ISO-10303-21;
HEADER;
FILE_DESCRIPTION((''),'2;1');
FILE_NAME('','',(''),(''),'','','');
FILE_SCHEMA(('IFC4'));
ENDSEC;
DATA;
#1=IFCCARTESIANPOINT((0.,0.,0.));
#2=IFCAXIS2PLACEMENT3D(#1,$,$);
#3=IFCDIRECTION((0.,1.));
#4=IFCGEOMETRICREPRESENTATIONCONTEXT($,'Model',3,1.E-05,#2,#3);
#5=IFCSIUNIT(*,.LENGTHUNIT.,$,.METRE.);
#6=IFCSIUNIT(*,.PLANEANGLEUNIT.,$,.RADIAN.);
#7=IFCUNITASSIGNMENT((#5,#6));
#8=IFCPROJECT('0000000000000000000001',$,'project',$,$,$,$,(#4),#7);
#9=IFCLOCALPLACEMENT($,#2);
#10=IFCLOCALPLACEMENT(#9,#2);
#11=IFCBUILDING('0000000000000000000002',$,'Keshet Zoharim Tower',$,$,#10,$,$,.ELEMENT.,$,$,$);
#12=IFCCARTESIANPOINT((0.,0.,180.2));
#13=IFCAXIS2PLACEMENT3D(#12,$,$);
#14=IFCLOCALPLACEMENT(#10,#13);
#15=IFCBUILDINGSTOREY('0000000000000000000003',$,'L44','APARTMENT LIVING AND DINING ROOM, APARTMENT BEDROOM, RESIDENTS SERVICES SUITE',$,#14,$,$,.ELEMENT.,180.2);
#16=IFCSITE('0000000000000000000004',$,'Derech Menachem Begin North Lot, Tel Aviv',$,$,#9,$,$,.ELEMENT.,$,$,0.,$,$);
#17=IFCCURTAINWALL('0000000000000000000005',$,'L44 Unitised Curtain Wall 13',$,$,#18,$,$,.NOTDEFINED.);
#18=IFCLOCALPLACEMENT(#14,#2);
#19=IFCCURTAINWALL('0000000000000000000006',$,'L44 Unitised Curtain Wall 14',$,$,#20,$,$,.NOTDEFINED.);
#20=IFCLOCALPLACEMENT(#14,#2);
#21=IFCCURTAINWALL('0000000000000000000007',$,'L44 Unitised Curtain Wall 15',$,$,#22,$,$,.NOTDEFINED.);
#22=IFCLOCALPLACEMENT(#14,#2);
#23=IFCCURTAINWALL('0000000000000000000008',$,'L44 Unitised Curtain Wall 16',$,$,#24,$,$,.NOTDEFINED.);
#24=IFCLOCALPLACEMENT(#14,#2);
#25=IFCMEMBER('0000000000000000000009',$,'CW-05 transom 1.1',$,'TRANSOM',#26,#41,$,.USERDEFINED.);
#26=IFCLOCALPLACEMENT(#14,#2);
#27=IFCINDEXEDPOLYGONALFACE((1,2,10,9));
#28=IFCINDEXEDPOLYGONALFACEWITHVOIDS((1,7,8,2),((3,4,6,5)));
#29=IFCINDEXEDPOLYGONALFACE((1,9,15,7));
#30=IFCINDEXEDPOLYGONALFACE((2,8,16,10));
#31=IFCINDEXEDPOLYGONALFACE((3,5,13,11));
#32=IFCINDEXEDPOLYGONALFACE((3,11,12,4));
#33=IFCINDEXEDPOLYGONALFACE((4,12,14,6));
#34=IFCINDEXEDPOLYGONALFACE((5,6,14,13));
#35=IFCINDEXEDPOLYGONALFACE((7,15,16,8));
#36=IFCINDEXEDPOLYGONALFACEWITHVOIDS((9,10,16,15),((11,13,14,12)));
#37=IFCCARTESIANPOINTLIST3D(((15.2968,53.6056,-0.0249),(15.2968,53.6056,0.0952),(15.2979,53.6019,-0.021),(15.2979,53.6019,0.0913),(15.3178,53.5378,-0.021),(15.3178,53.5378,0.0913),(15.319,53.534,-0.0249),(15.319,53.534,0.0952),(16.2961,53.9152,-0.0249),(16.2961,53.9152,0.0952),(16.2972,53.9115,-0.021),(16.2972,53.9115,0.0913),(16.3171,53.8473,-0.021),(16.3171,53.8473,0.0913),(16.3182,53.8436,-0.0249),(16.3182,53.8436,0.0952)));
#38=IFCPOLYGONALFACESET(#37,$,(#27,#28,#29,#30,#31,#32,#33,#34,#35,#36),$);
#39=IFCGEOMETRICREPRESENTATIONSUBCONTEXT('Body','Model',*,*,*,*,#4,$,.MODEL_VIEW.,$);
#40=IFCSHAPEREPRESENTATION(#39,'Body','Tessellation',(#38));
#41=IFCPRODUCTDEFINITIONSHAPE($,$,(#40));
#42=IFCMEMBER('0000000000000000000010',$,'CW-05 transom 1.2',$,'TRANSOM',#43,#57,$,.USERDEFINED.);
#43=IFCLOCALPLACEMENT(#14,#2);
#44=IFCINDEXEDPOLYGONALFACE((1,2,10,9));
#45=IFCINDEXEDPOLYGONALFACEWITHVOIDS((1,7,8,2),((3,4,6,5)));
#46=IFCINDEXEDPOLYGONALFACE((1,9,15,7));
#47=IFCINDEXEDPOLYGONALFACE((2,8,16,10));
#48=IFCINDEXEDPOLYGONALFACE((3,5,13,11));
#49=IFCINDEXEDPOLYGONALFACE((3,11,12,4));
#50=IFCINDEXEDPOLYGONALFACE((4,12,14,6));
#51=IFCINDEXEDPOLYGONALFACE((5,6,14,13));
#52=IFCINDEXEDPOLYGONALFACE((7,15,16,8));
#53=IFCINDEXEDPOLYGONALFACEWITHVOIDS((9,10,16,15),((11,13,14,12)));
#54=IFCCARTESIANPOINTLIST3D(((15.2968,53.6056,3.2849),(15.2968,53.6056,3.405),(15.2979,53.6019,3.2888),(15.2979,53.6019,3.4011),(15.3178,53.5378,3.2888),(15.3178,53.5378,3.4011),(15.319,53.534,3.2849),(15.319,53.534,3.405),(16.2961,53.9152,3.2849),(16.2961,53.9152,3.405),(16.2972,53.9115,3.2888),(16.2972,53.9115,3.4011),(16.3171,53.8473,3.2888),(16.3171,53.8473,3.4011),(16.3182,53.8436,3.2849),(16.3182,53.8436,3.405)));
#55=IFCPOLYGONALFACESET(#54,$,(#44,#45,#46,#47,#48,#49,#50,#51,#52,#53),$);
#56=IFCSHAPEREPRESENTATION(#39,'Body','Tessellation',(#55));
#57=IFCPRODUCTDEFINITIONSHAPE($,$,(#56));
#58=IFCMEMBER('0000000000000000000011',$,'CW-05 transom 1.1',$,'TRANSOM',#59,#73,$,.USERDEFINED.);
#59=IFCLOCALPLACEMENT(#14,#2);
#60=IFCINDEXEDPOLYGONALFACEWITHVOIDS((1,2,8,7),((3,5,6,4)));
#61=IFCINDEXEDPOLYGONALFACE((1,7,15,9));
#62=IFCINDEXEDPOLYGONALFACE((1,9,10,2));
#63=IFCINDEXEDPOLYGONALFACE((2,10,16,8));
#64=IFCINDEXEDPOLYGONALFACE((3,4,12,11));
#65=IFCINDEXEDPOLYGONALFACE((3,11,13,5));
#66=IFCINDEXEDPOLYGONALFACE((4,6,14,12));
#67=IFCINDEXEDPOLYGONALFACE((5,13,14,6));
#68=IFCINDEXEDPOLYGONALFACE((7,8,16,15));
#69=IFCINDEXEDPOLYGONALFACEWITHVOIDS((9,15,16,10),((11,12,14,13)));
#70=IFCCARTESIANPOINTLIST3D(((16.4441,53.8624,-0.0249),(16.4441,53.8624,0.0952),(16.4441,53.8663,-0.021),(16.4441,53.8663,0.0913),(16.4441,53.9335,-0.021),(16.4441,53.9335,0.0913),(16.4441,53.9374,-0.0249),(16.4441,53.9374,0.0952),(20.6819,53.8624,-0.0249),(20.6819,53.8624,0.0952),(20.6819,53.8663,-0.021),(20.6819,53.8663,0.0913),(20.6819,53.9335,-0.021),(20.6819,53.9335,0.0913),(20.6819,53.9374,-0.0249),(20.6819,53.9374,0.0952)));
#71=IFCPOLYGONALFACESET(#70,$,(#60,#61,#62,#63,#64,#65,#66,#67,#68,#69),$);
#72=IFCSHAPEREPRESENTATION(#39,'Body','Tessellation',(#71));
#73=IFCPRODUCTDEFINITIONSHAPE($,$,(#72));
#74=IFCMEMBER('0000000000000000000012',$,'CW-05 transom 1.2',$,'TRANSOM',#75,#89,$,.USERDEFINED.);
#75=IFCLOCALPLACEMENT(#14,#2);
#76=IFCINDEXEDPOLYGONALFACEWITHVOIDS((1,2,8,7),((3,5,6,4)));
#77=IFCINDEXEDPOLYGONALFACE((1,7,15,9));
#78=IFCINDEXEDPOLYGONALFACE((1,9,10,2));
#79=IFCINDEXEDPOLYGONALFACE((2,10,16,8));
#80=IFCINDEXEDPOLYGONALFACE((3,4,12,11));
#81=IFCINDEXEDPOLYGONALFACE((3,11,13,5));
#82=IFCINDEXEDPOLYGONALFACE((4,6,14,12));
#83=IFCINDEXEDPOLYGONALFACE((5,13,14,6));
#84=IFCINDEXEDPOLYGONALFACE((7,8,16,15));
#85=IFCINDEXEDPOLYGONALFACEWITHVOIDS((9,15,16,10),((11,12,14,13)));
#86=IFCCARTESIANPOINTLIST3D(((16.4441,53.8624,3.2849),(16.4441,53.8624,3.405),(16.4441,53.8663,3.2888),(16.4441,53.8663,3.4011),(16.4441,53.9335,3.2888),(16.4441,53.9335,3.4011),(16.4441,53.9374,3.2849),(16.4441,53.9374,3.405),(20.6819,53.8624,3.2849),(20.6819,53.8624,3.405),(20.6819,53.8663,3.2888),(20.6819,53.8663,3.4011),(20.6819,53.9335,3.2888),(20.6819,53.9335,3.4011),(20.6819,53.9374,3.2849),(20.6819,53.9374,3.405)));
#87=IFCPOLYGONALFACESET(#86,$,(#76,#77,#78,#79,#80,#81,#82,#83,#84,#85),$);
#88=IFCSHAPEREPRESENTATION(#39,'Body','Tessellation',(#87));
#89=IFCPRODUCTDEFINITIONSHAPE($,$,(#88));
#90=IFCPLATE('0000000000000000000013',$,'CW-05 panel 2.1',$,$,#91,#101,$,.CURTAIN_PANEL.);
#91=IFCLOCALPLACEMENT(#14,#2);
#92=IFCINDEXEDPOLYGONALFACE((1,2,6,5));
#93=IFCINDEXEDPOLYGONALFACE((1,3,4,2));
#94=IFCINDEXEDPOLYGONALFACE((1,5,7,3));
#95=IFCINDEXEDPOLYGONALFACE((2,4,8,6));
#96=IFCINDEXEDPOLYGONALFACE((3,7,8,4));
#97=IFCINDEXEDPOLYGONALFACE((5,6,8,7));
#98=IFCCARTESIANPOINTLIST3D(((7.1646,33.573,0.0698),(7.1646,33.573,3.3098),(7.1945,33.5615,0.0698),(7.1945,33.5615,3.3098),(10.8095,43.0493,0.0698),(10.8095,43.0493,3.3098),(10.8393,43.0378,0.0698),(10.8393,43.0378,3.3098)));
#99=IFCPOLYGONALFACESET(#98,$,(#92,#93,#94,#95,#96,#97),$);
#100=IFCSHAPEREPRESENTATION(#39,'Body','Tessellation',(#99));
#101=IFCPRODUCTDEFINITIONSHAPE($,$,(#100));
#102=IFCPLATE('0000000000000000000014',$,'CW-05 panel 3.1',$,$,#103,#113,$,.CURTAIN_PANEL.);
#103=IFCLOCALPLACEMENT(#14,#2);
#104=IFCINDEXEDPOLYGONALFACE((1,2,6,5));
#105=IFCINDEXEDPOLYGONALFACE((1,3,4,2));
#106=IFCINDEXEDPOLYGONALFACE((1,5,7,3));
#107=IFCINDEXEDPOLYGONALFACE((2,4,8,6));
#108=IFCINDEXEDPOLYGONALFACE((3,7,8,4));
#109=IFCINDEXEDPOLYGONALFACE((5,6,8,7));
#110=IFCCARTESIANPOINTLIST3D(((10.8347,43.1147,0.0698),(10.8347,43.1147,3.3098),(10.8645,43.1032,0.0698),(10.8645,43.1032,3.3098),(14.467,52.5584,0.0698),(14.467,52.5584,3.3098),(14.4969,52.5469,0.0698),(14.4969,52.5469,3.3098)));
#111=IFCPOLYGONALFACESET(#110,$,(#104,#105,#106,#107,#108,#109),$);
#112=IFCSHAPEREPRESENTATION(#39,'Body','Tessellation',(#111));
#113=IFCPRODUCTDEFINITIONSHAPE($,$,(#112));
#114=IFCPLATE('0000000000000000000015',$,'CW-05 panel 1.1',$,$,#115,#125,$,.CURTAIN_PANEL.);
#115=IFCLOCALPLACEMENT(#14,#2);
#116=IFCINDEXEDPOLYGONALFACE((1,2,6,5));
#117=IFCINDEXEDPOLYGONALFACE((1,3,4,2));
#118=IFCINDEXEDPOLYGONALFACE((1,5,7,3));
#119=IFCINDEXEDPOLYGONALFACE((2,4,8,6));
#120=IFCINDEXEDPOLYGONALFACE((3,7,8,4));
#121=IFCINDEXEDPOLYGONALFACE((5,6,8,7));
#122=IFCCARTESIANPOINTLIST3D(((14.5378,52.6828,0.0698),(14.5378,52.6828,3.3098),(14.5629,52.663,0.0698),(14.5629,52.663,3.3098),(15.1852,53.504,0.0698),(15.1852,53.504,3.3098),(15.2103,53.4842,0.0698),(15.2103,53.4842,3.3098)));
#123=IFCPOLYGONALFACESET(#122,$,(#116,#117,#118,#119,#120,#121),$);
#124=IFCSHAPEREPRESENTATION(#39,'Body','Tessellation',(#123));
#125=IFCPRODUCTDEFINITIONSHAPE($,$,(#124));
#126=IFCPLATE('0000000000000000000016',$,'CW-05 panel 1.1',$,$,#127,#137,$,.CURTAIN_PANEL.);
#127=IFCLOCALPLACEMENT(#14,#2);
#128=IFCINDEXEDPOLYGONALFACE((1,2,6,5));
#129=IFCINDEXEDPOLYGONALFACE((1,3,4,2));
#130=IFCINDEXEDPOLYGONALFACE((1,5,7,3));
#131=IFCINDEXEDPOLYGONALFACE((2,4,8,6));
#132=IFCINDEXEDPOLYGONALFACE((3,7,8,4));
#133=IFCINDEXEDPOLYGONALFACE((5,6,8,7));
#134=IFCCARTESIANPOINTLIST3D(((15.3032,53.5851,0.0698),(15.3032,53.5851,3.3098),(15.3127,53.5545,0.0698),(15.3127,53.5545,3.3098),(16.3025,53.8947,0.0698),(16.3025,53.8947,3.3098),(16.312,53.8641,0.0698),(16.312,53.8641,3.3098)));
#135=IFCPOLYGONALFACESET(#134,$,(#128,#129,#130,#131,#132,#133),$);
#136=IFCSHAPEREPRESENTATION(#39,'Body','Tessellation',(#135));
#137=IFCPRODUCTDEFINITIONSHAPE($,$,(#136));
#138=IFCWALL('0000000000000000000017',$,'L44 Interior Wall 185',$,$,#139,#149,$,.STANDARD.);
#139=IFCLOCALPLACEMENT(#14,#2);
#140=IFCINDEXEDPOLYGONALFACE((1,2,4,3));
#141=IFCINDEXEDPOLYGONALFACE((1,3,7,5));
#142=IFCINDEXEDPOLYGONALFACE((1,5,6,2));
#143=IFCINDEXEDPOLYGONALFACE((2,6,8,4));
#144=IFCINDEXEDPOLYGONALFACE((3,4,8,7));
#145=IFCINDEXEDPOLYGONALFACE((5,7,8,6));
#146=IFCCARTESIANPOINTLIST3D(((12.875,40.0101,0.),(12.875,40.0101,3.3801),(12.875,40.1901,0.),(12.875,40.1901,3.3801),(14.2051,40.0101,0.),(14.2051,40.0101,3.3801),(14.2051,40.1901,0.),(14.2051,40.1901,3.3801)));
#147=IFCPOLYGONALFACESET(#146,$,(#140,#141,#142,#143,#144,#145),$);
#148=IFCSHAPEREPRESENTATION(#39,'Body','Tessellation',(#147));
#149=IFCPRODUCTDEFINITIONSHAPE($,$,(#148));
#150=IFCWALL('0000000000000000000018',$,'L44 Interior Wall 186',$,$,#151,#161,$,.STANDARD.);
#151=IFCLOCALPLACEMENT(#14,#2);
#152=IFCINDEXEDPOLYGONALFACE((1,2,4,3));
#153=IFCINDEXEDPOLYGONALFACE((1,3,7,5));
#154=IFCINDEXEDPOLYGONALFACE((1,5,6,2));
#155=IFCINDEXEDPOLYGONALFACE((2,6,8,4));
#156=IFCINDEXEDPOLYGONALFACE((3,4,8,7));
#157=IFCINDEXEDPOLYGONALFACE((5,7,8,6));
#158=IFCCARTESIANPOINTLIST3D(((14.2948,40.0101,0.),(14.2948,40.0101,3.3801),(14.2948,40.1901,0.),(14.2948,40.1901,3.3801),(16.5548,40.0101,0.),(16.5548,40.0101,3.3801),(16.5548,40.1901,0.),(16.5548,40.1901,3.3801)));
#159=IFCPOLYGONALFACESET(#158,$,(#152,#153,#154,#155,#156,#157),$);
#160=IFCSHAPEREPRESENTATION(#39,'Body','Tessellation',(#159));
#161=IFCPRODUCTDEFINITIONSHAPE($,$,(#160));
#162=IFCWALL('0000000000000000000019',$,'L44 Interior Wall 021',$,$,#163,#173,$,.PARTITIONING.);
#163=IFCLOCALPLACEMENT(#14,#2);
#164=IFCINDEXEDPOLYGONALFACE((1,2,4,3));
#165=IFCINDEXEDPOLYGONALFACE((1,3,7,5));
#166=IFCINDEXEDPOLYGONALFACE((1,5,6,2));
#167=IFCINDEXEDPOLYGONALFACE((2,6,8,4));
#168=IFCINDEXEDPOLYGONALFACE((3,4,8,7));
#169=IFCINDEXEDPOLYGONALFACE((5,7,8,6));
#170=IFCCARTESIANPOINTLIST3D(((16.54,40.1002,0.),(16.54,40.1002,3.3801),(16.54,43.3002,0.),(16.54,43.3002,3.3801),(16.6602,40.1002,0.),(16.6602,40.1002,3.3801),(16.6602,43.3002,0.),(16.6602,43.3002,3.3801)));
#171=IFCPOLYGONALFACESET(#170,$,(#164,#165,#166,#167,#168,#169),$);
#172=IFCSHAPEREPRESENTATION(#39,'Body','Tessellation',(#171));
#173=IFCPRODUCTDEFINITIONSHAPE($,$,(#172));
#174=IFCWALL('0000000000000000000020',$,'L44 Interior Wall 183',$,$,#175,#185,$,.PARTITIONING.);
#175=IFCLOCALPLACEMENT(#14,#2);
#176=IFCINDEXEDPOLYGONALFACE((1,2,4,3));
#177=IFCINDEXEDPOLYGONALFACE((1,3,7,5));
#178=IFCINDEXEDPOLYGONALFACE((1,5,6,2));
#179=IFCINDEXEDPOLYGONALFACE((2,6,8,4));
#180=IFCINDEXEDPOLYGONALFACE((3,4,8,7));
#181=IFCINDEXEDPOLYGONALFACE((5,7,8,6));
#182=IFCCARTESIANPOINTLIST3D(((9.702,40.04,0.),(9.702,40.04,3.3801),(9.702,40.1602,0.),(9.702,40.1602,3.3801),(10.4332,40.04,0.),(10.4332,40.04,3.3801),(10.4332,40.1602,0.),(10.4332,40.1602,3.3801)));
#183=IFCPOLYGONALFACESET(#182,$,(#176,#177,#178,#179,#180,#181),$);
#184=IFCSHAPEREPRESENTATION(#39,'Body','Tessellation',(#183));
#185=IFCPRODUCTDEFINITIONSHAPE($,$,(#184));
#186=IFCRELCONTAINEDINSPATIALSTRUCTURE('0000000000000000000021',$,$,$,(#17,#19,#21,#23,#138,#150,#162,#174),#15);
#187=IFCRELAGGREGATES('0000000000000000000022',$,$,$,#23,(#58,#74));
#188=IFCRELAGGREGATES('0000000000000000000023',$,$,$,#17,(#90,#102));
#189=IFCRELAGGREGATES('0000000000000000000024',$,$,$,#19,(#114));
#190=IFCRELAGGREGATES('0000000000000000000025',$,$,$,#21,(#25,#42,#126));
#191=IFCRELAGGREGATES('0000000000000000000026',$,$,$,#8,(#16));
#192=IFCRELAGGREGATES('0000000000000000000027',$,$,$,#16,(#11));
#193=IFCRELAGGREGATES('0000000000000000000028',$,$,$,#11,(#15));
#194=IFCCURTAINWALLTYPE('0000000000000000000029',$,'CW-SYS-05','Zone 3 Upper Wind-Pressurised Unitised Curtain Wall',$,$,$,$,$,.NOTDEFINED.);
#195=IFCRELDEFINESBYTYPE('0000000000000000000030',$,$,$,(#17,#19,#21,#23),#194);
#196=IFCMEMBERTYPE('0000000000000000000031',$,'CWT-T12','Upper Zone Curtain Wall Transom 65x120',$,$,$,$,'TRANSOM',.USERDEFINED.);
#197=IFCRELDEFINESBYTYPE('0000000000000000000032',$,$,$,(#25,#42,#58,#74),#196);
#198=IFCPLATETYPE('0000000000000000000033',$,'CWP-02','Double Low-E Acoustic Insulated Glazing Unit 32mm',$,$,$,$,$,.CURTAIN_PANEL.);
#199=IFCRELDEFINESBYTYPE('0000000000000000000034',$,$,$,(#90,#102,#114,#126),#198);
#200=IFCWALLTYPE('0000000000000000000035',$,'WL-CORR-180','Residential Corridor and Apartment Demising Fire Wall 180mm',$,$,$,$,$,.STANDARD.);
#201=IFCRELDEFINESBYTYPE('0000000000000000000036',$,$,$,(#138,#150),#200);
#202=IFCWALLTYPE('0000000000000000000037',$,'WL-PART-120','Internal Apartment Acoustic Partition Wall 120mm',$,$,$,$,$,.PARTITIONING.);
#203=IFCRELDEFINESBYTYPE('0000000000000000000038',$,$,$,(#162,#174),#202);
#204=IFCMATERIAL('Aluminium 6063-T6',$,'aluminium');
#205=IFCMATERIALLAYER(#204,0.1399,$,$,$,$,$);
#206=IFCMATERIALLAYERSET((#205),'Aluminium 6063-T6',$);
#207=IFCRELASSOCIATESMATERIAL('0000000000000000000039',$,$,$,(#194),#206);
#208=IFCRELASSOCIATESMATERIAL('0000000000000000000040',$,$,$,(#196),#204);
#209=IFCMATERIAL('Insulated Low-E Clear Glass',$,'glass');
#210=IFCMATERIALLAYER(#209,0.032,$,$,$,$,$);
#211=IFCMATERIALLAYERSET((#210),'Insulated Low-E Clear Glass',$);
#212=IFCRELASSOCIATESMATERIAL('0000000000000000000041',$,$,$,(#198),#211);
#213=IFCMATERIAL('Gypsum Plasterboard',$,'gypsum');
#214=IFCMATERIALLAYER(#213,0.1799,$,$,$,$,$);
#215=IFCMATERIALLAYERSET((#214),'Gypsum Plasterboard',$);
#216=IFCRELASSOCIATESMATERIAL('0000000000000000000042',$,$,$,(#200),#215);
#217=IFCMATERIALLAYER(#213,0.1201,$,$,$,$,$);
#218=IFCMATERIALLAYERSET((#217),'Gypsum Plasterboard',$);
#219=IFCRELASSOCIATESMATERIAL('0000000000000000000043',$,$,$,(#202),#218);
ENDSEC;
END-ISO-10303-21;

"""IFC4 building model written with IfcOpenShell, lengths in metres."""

from ifc_helpers import new_model, si_unit, direction, frame, frame_2d, origin, origin_2d, place, context, subcontext, project, spatial, rectangle, hollow_rectangle, extrude, material, layer, layer_set, material_profile, profile_set, type_object, element, aggregate, save


model = new_model("IFC4")

# Units and contexts
model_context = context("Model", 3, precision=1e-05, world=origin(), true_north=direction((0.0, 1.0)))
body_context = subcontext(model_context, "Body", "Model", "MODEL_VIEW")
ifc_project = project(units=[si_unit("LENGTHUNIT", "METRE"), si_unit("PLANEANGLEUNIT", "RADIAN")], contexts=[model_context])

# Site, building, storey
site_placement = place(None, origin())
site = spatial("IfcSite", under=ifc_project, at=site_placement, Name="Derech Menachem Begin North Lot, Tel Aviv", CompositionType="ELEMENT", RefElevation=0.0)
building_placement = place(site_placement, origin())
building = spatial("IfcBuilding", under=site, at=building_placement, Name="Keshet Zoharim Tower", CompositionType="ELEMENT")
storey_placement = place(building_placement, frame((0.0, 0.0, 180.2)))
storey = spatial("IfcBuildingStorey", under=building, at=storey_placement, Name="L44", Description="APARTMENT LIVING AND DINING ROOM, APARTMENT BEDROOM, RESIDENTS SERVICES SUITE", CompositionType="ELEMENT", Elevation=180.2)

# Curtain walls
ifc_material_1 = material(Name="Aluminium 6063-T6", Category="aluminium")
ifc_layer_1 = layer(ifc_material_1, 0.1399)
ifc_layer_set_1 = layer_set([ifc_layer_1], Name="Aluminium 6063-T6")
curtain_wall_type = type_object("IfcCurtainWallType", Name="CW-SYS-05", Description="Zone 3 Upper Wind-Pressurised Unitised Curtain Wall", PredefinedType="NOTDEFINED", material=ifc_layer_set_1)
curtain_wall_1_placement = place(storey_placement, origin())
curtain_wall_1 = element("IfcCurtainWall", 1, at=curtain_wall_1_placement, inside=storey, type_object=curtain_wall_type, Name="L44 Unitised Curtain Wall 13", PredefinedType="NOTDEFINED")
curtain_wall_2_placement = place(storey_placement, origin())
curtain_wall_2 = element("IfcCurtainWall", 2, at=curtain_wall_2_placement, inside=storey, type_object=curtain_wall_type, Name="L44 Unitised Curtain Wall 14", PredefinedType="NOTDEFINED")
curtain_wall_3_placement = place(storey_placement, origin())
curtain_wall_3 = element("IfcCurtainWall", 3, at=curtain_wall_3_placement, inside=storey, type_object=curtain_wall_type, Name="L44 Unitised Curtain Wall 15", PredefinedType="NOTDEFINED")

# Curtain wall
curtain_wall_4_placement = place(storey_placement, origin())
curtain_wall_4 = element("IfcCurtainWall", 4, at=curtain_wall_4_placement, inside=storey, type_object=curtain_wall_type, Name="L44 Unitised Curtain Wall 16", PredefinedType="NOTDEFINED")

# Members
ifc_material_profile_1 = material_profile(ifc_material_1, hollow_rectangle(XDim=0.075, YDim=0.1201, WallThickness=0.0039, at=origin_2d()), Name="TRN-75x120")
ifc_profile_set_1 = profile_set([ifc_material_profile_1], Name="Aluminium 6063-T6")
member_type_1 = type_object("IfcMemberType", Name="CWT-T12", Description="Upper Zone Curtain Wall Transom 65x120", ElementType="TRANSOM", PredefinedType="USERDEFINED", material=ifc_profile_set_1)
member_1_placement = place(storey_placement, frame((15.3079, 53.5698, 0.0352), z_axis=(0.955212, 0.295922, 0.0), x_axis=(-0.295922, 0.955212, 0.0)))
member_1 = element("IfcMember", 5, at=member_1_placement, type_object=member_type_1, Name="CW-05 transom 1.1", ObjectType="TRANSOM", PredefinedType="USERDEFINED", context=body_context, shape_type="SweptSolid", body=[
    extrude(hollow_rectangle(XDim=0.075, YDim=0.1201, WallThickness=0.0039, at=origin_2d()), origin(), (0.0, 0.0, 1.0), 1.0461),
])
member_2_placement = place(storey_placement, frame((15.3079, 53.5698, 3.345), z_axis=(0.955212, 0.295922, 0.0), x_axis=(-0.295922, 0.955212, 0.0)))
member_2 = element("IfcMember", 6, at=member_2_placement, type_object=member_type_1, Name="CW-05 transom 1.2", ObjectType="TRANSOM", PredefinedType="USERDEFINED", context=body_context, shape_type="SweptSolid", body=[
    extrude(hollow_rectangle(XDim=0.075, YDim=0.1201, WallThickness=0.0039, at=origin_2d()), origin(), (0.0, 0.0, 1.0), 1.0461),
])
member_3_placement = place(storey_placement, frame((16.4441, 53.8999, 0.0352), z_axis=(1.0, 0.0, 0.0), x_axis=(0.0, 1.0, 0.0)))
member_3 = element("IfcMember", 7, at=member_3_placement, type_object=member_type_1, Name="CW-05 transom 1.1", ObjectType="TRANSOM", PredefinedType="USERDEFINED", context=body_context, shape_type="SweptSolid", body=[
    extrude(hollow_rectangle(XDim=0.075, YDim=0.1201, WallThickness=0.0039, at=origin_2d()), origin(), (0.0, 0.0, 1.0), 4.2378),
])
member_4_placement = place(storey_placement, frame((16.4441, 53.8999, 3.345), z_axis=(1.0, 0.0, 0.0), x_axis=(0.0, 1.0, 0.0)))
member_4 = element("IfcMember", 8, at=member_4_placement, type_object=member_type_1, Name="CW-05 transom 1.2", ObjectType="TRANSOM", PredefinedType="USERDEFINED", context=body_context, shape_type="SweptSolid", body=[
    extrude(hollow_rectangle(XDim=0.075, YDim=0.1201, WallThickness=0.0039, at=origin_2d()), origin(), (0.0, 0.0, 1.0), 4.2378),
])
aggregate(curtain_wall_4, [member_3, member_4])

# Plates
ifc_material_2 = material(Name="Insulated Low-E Clear Glass", Category="glass")
ifc_layer_2 = layer(ifc_material_2, 0.032)
ifc_layer_set_2 = layer_set([ifc_layer_2], Name="Insulated Low-E Clear Glass")
plate_type = type_object("IfcPlateType", Name="CWP-02", Description="Double Low-E Acoustic Insulated Glazing Unit 32mm", PredefinedType="CURTAIN_PANEL", material=ifc_layer_set_2)
plate_1_placement = place(storey_placement, frame((9.002, 38.3054, 0.0698), z_axis=(0.0, 0.0, 1.0), x_axis=(0.35899, 0.933341, 0.0)))
plate_1 = element("IfcPlate", 9, at=plate_1_placement, type_object=plate_type, Name="CW-05 panel 2.1", PredefinedType="CURTAIN_PANEL", context=body_context, shape_type="SweptSolid", body=[
    extrude(rectangle(XDim=10.1531, YDim=0.032, at=origin_2d()), origin(), (0.0, 0.0, 1.0), 3.24),
])
plate_2_placement = place(storey_placement, frame((12.6658, 47.8308, 0.0698), z_axis=(0.0, 0.0, 1.0), x_axis=(0.35899, 0.933341, 0.0)))
plate_2 = element("IfcPlate", 10, at=plate_2_placement, type_object=plate_type, Name="CW-05 panel 3.1", PredefinedType="CURTAIN_PANEL", context=body_context, shape_type="SweptSolid", body=[
    extrude(rectangle(XDim=10.1182, YDim=0.032, at=origin_2d()), origin(), (0.0, 0.0, 1.0), 3.24),
])
aggregate(curtain_wall_1, [plate_1, plate_2])
plate_3_placement = place(storey_placement, frame((14.874, 53.0835, 0.0698), z_axis=(0.0, 0.0, 1.0), x_axis=(0.619125, 0.785293, 0.0)))
plate_3 = element("IfcPlate", 11, at=plate_3_placement, type_object=plate_type, Name="CW-05 panel 1.1", PredefinedType="CURTAIN_PANEL", context=body_context, shape_type="SweptSolid", body=[
    extrude(rectangle(XDim=1.0457, YDim=0.032, at=origin_2d()), origin(), (0.0, 0.0, 1.0), 3.24),
])
aggregate(curtain_wall_2, [plate_3])
plate_4_placement = place(storey_placement, frame((15.8076, 53.7246, 0.0698), z_axis=(0.0, 0.0, 1.0), x_axis=(0.955212, 0.295922, 0.0)))
plate_4 = element("IfcPlate", 12, at=plate_4_placement, type_object=plate_type, Name="CW-05 panel 1.1", PredefinedType="CURTAIN_PANEL", context=body_context, shape_type="SweptSolid", body=[
    extrude(rectangle(XDim=1.0461, YDim=0.032, at=origin_2d()), origin(), (0.0, 0.0, 1.0), 3.24),
])
aggregate(curtain_wall_3, [member_1, member_2, plate_4])

# Walls
ifc_material_3 = material(Name="Gypsum Plasterboard", Category="gypsum")
ifc_layer_3 = layer(ifc_material_3, 0.1799)
ifc_layer_set_3 = layer_set([ifc_layer_3], Name="Gypsum Plasterboard")
wall_type_1 = type_object("IfcWallType", Name="WL-CORR-180", Description="Residential Corridor and Apartment Demising Fire Wall 180mm", PredefinedType="STANDARD", material=ifc_layer_set_3)
wall_1_placement = place(storey_placement, frame((12.875, 40.1001, 0.0), z_axis=(0.0, 0.0, 1.0), x_axis=(1.0, 0.0, 0.0)))
element("IfcWall", 13, at=wall_1_placement, inside=storey, type_object=wall_type_1, Name="L44 Interior Wall 185", PredefinedType="STANDARD", context=body_context, shape_type="SweptSolid", body=[
    extrude(rectangle(XDim=1.3301, YDim=0.1799, at=frame_2d((0.665, 0.0))), origin(), (0.0, 0.0, 1.0), 3.3801),
])
wall_2_placement = place(storey_placement, frame((14.2949, 40.1001, 0.0), z_axis=(0.0, 0.0, 1.0), x_axis=(1.0, 0.0, 0.0)))
element("IfcWall", 14, at=wall_2_placement, inside=storey, type_object=wall_type_1, Name="L44 Interior Wall 186", PredefinedType="STANDARD", context=body_context, shape_type="SweptSolid", body=[
    extrude(rectangle(XDim=2.26, YDim=0.1799, at=frame_2d((1.1299, 0.0))), origin(), (0.0, 0.0, 1.0), 3.3801),
])

# Shared definitions
ifc_layer_4 = layer(ifc_material_3, 0.1201)
ifc_layer_set_4 = layer_set([ifc_layer_4], Name="Gypsum Plasterboard")
wall_type_2 = type_object("IfcWallType", Name="WL-PART-120", Description="Internal Apartment Acoustic Partition Wall 120mm", PredefinedType="PARTITIONING", material=ifc_layer_set_4)

# Walls
wall_3_placement = place(storey_placement, frame((16.6001, 40.1001, 0.0), z_axis=(0.0, 0.0, 1.0), x_axis=(0.0, 1.0, 0.0)))
element("IfcWall", 15, at=wall_3_placement, inside=storey, type_object=wall_type_2, Name="L44 Interior Wall 021", PredefinedType="PARTITIONING", context=body_context, shape_type="SweptSolid", body=[
    extrude(rectangle(XDim=3.2, YDim=0.1201, at=frame_2d((1.6001, 0.0))), origin(), (0.0, 0.0, 1.0), 3.3801),
])
wall_4_placement = place(storey_placement, frame((9.7019, 40.1001, 0.0), z_axis=(0.0, 0.0, 1.0), x_axis=(1.0, 0.0, 0.0)))
element("IfcWall", 16, at=wall_4_placement, inside=storey, type_object=wall_type_2, Name="L44 Interior Wall 183", PredefinedType="PARTITIONING", context=body_context, shape_type="SweptSolid", body=[
    extrude(rectangle(XDim=0.7312, YDim=0.1201, at=frame_2d((0.3657, 0.0))), origin(), (0.0, 0.0, 1.0), 3.3801),
])

save(model, "model.ifc")
